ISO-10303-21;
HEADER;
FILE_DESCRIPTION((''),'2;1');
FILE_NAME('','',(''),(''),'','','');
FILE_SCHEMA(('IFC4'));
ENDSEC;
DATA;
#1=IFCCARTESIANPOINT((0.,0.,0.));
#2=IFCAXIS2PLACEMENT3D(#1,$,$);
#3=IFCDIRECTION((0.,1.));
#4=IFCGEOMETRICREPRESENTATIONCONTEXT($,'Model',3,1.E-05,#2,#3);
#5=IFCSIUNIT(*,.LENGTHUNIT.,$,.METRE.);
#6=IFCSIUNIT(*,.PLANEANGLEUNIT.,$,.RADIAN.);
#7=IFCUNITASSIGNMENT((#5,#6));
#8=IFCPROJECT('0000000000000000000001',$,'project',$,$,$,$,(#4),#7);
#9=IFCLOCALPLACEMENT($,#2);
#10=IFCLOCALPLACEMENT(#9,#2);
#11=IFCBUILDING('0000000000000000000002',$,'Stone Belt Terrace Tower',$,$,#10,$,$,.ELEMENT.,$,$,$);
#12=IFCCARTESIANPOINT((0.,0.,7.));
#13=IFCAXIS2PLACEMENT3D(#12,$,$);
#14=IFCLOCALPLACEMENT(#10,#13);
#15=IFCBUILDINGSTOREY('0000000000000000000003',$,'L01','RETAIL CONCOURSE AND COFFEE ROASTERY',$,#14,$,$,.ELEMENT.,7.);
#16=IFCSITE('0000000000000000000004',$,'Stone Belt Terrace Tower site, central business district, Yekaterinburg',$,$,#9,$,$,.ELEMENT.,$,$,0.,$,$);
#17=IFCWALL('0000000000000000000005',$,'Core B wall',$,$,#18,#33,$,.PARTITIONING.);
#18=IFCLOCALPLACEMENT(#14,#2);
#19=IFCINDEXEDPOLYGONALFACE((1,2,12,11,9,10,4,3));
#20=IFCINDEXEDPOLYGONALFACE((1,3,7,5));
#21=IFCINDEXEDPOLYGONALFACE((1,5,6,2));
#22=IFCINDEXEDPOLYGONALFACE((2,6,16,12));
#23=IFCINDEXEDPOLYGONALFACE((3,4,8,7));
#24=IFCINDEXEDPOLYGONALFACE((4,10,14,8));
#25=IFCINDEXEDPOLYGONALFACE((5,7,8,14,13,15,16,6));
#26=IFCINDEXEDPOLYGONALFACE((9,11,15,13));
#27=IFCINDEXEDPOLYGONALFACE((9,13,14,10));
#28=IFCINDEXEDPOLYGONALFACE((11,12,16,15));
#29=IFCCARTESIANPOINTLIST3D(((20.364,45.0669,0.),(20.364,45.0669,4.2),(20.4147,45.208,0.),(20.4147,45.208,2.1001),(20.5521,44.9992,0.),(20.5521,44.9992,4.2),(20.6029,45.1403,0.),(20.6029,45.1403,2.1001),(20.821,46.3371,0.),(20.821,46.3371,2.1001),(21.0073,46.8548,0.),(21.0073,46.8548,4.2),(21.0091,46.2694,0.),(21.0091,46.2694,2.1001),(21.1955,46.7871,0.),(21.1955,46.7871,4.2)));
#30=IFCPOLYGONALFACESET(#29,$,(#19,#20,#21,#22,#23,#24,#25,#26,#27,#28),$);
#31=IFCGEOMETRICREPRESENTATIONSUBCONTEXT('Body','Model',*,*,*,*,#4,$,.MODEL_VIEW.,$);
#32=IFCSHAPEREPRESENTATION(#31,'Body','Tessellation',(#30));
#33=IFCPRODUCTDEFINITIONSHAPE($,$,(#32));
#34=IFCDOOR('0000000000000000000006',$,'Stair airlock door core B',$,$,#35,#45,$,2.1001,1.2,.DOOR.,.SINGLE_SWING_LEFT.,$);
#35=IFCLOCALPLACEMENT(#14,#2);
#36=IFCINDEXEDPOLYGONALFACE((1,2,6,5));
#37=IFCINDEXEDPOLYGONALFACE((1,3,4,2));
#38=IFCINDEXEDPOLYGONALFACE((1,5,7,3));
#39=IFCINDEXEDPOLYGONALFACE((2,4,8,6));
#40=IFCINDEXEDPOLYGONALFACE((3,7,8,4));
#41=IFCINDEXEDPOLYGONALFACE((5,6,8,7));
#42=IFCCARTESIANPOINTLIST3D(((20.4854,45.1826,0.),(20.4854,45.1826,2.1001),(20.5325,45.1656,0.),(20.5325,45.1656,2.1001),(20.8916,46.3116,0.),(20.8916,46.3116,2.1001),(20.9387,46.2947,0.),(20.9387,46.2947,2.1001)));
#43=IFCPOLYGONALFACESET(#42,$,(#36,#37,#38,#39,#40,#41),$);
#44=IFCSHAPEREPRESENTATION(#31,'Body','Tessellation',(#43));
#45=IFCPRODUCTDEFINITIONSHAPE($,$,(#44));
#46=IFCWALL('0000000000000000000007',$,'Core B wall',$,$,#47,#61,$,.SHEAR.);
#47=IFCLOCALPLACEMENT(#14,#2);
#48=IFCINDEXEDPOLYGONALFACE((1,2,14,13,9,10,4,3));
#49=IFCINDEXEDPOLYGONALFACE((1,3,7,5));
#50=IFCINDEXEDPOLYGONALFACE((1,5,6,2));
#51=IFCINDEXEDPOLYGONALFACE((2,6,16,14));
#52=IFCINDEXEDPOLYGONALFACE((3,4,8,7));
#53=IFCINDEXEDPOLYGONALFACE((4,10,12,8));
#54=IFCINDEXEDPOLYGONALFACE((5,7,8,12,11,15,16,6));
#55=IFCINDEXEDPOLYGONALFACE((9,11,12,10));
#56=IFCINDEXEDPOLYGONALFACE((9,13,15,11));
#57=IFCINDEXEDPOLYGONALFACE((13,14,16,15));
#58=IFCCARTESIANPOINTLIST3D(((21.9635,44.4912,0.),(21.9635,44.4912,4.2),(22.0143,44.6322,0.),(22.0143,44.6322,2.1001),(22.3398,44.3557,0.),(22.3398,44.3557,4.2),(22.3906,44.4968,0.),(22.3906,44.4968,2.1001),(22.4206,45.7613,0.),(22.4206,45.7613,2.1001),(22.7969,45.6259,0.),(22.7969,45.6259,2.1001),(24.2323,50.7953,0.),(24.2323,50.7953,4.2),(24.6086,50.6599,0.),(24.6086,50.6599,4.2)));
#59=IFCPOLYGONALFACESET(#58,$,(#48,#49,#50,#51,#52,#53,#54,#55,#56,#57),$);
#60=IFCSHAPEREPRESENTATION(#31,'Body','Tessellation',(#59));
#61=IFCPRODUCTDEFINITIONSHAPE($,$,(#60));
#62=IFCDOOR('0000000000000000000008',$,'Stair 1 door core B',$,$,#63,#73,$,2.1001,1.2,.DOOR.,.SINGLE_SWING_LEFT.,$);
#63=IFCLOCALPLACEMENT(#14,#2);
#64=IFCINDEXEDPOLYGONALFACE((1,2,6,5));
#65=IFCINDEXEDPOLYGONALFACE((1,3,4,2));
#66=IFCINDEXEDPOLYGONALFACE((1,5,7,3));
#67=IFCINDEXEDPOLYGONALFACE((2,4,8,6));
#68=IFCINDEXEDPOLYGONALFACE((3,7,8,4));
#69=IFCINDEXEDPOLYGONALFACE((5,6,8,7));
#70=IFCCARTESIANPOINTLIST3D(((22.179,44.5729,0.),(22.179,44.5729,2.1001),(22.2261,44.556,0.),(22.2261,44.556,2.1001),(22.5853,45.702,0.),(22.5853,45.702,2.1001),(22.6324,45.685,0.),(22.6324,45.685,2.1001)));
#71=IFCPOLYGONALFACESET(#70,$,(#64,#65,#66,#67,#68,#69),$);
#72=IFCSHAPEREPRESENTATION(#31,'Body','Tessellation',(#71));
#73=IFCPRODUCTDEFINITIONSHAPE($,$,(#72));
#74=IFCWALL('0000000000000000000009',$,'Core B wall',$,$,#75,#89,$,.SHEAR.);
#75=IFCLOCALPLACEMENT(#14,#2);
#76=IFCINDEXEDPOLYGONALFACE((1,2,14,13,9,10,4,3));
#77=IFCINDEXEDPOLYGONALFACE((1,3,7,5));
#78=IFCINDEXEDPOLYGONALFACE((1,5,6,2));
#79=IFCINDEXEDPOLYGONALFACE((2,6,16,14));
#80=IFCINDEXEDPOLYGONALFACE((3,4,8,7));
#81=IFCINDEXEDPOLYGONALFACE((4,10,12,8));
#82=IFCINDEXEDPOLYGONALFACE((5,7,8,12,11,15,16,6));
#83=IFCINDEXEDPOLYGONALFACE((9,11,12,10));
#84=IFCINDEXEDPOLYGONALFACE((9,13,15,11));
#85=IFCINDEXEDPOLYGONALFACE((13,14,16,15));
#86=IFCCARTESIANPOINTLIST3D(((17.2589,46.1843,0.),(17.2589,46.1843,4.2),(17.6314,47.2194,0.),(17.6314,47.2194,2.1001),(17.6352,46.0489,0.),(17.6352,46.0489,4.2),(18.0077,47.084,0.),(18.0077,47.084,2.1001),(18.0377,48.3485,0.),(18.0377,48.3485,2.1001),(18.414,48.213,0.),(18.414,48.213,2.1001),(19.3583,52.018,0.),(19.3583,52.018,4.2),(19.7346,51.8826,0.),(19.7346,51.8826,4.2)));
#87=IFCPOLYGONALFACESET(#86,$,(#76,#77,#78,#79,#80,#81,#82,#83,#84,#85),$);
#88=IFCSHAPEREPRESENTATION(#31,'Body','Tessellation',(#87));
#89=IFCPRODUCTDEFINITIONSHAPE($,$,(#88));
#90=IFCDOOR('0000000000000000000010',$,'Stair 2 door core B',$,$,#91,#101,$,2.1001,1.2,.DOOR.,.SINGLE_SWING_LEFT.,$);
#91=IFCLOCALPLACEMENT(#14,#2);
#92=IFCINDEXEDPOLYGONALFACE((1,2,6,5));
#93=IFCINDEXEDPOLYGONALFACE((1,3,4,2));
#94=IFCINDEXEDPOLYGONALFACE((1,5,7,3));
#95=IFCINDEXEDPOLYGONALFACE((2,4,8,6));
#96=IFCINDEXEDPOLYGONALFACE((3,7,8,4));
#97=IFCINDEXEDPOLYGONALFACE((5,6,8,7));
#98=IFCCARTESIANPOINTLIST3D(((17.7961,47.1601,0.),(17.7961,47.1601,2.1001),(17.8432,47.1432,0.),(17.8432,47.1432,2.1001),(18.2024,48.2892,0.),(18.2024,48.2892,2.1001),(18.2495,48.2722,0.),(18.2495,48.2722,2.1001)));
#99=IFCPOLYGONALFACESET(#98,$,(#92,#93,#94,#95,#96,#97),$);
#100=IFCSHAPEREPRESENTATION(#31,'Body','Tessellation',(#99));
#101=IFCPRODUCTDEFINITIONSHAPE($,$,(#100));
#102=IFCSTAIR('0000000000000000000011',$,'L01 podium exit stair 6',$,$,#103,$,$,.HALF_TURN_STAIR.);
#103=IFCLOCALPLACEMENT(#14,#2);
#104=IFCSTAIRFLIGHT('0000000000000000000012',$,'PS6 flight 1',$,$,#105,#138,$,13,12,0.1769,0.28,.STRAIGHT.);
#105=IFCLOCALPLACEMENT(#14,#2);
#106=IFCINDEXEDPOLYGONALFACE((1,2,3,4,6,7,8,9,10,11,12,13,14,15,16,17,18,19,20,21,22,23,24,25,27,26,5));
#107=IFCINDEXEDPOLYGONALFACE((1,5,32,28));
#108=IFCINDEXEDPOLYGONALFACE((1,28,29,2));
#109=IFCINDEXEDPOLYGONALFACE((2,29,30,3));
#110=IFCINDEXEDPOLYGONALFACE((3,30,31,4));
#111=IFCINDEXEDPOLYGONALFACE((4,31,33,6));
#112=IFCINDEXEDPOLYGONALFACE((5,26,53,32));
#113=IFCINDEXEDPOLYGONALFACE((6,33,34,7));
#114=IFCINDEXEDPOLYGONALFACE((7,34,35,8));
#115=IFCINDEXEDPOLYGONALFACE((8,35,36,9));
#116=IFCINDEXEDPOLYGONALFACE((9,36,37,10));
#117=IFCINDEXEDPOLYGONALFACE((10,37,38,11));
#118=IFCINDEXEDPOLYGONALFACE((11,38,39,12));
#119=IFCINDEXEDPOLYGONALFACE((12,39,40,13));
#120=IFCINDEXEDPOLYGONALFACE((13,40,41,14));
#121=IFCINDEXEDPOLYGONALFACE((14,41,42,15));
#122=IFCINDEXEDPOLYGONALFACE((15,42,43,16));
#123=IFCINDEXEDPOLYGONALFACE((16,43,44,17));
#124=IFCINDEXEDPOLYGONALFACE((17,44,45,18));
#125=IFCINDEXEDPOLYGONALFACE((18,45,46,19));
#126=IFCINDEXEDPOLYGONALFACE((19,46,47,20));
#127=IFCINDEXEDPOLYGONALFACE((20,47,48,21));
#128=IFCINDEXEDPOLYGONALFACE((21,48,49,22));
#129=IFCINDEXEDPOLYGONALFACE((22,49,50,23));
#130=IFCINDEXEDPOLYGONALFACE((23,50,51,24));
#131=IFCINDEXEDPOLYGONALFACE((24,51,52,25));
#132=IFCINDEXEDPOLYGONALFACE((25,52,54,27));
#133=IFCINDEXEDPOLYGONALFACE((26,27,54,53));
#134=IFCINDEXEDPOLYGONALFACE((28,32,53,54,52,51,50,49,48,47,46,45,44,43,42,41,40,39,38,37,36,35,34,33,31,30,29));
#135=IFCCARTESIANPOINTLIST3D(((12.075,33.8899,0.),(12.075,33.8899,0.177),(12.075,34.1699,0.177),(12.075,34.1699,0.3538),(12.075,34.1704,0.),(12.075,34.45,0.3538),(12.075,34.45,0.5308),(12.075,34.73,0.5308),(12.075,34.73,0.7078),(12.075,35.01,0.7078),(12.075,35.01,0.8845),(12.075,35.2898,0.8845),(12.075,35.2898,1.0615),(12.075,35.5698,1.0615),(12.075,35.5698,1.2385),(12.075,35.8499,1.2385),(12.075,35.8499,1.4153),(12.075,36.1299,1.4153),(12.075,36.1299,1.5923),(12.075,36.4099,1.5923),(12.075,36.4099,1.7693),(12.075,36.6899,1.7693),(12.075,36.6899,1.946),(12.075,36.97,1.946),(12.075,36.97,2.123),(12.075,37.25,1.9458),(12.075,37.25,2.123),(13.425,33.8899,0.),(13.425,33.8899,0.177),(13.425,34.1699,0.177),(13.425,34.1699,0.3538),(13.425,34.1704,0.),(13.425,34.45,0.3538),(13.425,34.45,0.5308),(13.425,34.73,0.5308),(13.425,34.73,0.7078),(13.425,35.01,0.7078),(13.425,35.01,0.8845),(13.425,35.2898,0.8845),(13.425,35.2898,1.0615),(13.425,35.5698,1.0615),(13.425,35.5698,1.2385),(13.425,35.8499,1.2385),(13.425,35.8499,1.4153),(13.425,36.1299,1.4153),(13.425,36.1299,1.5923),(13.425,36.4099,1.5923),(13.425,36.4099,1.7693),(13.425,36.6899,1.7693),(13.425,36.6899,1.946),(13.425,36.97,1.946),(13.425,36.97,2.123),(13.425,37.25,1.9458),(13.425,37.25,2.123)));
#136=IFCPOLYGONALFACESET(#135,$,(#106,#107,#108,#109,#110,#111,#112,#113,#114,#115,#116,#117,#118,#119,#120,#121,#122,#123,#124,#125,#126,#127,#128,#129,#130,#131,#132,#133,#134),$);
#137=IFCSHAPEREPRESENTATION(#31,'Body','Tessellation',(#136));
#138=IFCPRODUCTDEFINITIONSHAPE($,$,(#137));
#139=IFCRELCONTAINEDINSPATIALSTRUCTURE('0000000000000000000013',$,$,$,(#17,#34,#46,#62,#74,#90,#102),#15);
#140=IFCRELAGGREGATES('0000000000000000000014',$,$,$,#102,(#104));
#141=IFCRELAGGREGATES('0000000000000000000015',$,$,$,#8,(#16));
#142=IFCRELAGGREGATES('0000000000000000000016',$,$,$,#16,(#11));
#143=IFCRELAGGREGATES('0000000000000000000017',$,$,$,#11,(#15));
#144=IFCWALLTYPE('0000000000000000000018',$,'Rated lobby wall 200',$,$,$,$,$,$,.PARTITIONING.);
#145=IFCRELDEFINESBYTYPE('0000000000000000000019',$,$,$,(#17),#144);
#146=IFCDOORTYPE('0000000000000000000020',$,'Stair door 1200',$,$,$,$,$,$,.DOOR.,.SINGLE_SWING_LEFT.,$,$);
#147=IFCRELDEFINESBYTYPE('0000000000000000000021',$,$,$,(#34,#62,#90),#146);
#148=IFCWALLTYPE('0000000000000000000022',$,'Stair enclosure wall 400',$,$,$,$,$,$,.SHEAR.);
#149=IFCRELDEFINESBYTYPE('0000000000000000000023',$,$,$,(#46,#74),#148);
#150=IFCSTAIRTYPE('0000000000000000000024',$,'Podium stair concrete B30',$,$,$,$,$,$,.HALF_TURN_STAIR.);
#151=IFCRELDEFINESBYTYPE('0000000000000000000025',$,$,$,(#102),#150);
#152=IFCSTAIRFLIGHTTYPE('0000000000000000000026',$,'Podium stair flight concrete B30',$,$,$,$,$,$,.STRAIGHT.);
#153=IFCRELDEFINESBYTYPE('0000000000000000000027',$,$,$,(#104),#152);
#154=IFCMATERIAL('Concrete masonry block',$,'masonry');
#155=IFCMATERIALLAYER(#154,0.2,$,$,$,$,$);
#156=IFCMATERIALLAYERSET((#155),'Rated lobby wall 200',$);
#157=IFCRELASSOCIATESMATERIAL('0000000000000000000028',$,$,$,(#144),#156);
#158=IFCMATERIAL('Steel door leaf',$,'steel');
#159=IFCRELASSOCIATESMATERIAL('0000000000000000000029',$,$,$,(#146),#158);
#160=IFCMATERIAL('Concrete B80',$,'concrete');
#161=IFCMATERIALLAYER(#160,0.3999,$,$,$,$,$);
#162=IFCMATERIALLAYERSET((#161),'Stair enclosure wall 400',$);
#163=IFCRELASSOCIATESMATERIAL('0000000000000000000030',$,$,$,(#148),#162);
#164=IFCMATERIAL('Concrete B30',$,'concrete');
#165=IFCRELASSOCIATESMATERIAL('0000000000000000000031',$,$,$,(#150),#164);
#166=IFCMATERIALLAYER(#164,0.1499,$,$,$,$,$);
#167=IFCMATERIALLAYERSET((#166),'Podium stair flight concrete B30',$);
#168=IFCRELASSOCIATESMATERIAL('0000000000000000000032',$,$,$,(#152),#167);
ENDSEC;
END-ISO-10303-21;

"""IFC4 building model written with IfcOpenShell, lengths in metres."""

from ifc_helpers import new_model, si_unit, direction, frame, frame_2d, origin, place, context, subcontext, project, spatial, polyline, rectangle, outline, extrude, material, layer, layer_set, type_object, element, fill, aggregate, save


model = new_model("IFC4")

# Units and contexts
model_context = context("Model", 3, precision=1e-05, world=origin(), true_north=direction((0.0, 1.0)))
body_context = subcontext(model_context, "Body", "Model", "MODEL_VIEW")
ifc_project = project(units=[si_unit("LENGTHUNIT", "METRE"), si_unit("PLANEANGLEUNIT", "RADIAN")], contexts=[model_context])

# Site, building, storey
site_placement = place(None, origin())
site = spatial("IfcSite", under=ifc_project, at=site_placement, Name="Stone Belt Terrace Tower site, central business district, Yekaterinburg", CompositionType="ELEMENT", RefElevation=0.0)
building_placement = place(site_placement, origin())
building = spatial("IfcBuilding", under=site, at=building_placement, Name="Stone Belt Terrace Tower", CompositionType="ELEMENT")
storey_placement = place(building_placement, frame((0.0, 0.0, 7.0)))
storey = spatial("IfcBuildingStorey", under=building, at=storey_placement, Name="L01", Description="RETAIL CONCOURSE AND COFFEE ROASTERY", CompositionType="ELEMENT", Elevation=7.0)

# Shared definitions
ifc_material_1 = material(Name="Concrete B80", Category="concrete")

# Shared definitions
ifc_material_2 = material(Name="Concrete B30", Category="concrete")
ifc_material_3 = material(Name="Concrete masonry block", Category="masonry")
ifc_layer_1 = layer(ifc_material_3, 0.2)
ifc_layer_set_1 = layer_set([ifc_layer_1], Name="Rated lobby wall 200")
wall_type_1 = type_object("IfcWallType", Name="Rated lobby wall 200", PredefinedType="PARTITIONING", material=ifc_layer_set_1)

# Walls, openings, doors
wall_1_placement = place(storey_placement, frame((20.458, 45.033, 0.0), z_axis=(0.0, 0.0, 1.0), x_axis=(0.338574, 0.94094, 0.0)))
wall_1 = element("IfcWall", 1, at=wall_1_placement, inside=storey, type_object=wall_type_1, Name="Core B wall", PredefinedType="PARTITIONING", context=body_context, shape_type="SweptSolid", body=[
    extrude(rectangle(XDim=1.9001, YDim=0.2, at=frame_2d((0.9502, 0.0))), origin(), (0.0, 0.0, 1.0), 4.2),
])
opening_1_placement = place(wall_1_placement, frame((0.1499, 0.0, 0.0)))
opening_1 = element("IfcOpeningElement", 2, at=opening_1_placement, cuts=wall_1, PredefinedType="OPENING", context=body_context, shape_type="SweptSolid", body=[
    extrude(rectangle(XDim=1.2, YDim=2.1001, at=frame_2d((0.6001, 1.05))), frame((0.0, 0.1099, 0.0), z_axis=(0.0, -1.0, 0.0), x_axis=(1.0, 0.0, 0.0)), (0.0, 0.0, 1.0), 0.22),
])
ifc_material_4 = material(Name="Steel door leaf", Category="steel")
door_type = type_object("IfcDoorType", Name="Stair door 1200", OperationType="SINGLE_SWING_LEFT", PredefinedType="DOOR", material=ifc_material_4)
door_1_placement = place(opening_1_placement, origin())
door_1 = element("IfcDoor", 3, at=door_1_placement, inside=storey, type_object=door_type, Name="Stair airlock door core B", OperationType="SINGLE_SWING_LEFT", OverallHeight=2.1001, OverallWidth=1.2, PredefinedType="DOOR", context=body_context, shape_type="SweptSolid", body=[
    extrude(rectangle(XDim=1.2, YDim=2.1001, at=frame_2d((0.6001, 1.05))), frame((0.0, 0.0249, 0.0), z_axis=(0.0, -1.0, 0.0), x_axis=(1.0, 0.0, 0.0)), (0.0, 0.0, 1.0), 0.05),
])
fill(opening_1, door_1)
ifc_layer_2 = layer(ifc_material_1, 0.3999)
ifc_layer_set_2 = layer_set([ifc_layer_2], Name="Stair enclosure wall 400")
wall_type_2 = type_object("IfcWallType", Name="Stair enclosure wall 400", PredefinedType="SHEAR", material=ifc_layer_set_2)
wall_2_placement = place(storey_placement, frame((22.1516, 44.4233, 0.0), z_axis=(0.0, 0.0, 1.0), x_axis=(0.338625, 0.940921, 0.0)))
wall_2 = element("IfcWall", 4, at=wall_2_placement, inside=storey, type_object=wall_type_2, Name="Core B wall", PredefinedType="SHEAR", context=body_context, shape_type="SweptSolid", body=[
    extrude(rectangle(XDim=6.7, YDim=0.3999, at=frame_2d((3.3501, 0.0))), origin(), (0.0, 0.0, 1.0), 4.2),
])
opening_2_placement = place(wall_2_placement, frame((0.1499, 0.0, 0.0)))
opening_2 = element("IfcOpeningElement", 5, at=opening_2_placement, cuts=wall_2, PredefinedType="OPENING", context=body_context, shape_type="SweptSolid", body=[
    extrude(rectangle(XDim=1.2, YDim=2.1001, at=frame_2d((0.6001, 1.05))), frame((0.0, 0.21, 0.0), z_axis=(0.0, -1.0, 0.0), x_axis=(1.0, 0.0, 0.0)), (0.0, 0.0, 1.0), 0.4199),
])
door_2_placement = place(opening_2_placement, origin())
door_2 = element("IfcDoor", 6, at=door_2_placement, inside=storey, type_object=door_type, Name="Stair 1 door core B", OperationType="SINGLE_SWING_LEFT", OverallHeight=2.1001, OverallWidth=1.2, PredefinedType="DOOR", context=body_context, shape_type="SweptSolid", body=[
    extrude(rectangle(XDim=1.2, YDim=2.1001, at=frame_2d((0.6001, 1.05))), frame((0.0, 0.0249, 0.0), z_axis=(0.0, -1.0, 0.0), x_axis=(1.0, 0.0, 0.0)), (0.0, 0.0, 1.0), 0.05),
])
fill(opening_2, door_2)
wall_3_placement = place(storey_placement, frame((17.447, 46.1165, 0.0), z_axis=(0.0, 0.0, 1.0), x_axis=(0.338608, 0.940928, 0.0)))
wall_3 = element("IfcWall", 7, at=wall_3_placement, inside=storey, type_object=wall_type_2, Name="Core B wall", PredefinedType="SHEAR", context=body_context, shape_type="SweptSolid", body=[
    extrude(rectangle(XDim=6.2, YDim=0.3999, at=frame_2d((3.1001, 0.0))), origin(), (0.0, 0.0, 1.0), 4.2),
])
opening_3_placement = place(wall_3_placement, frame((1.1001, 0.0, 0.0)))
opening_3 = element("IfcOpeningElement", 8, at=opening_3_placement, cuts=wall_3, PredefinedType="OPENING", context=body_context, shape_type="SweptSolid", body=[
    extrude(rectangle(XDim=1.2, YDim=2.1001, at=frame_2d((0.6001, 1.05))), frame((0.0, 0.21, 0.0), z_axis=(0.0, -1.0, 0.0), x_axis=(1.0, 0.0, 0.0)), (0.0, 0.0, 1.0), 0.4199),
])
door_3_placement = place(opening_3_placement, origin())
door_3 = element("IfcDoor", 9, at=door_3_placement, inside=storey, type_object=door_type, Name="Stair 2 door core B", OperationType="SINGLE_SWING_LEFT", OverallHeight=2.1001, OverallWidth=1.2, PredefinedType="DOOR", context=body_context, shape_type="SweptSolid", body=[
    extrude(rectangle(XDim=1.2, YDim=2.1001, at=frame_2d((0.6001, 1.05))), frame((0.0, 0.0249, 0.0), z_axis=(0.0, -1.0, 0.0), x_axis=(1.0, 0.0, 0.0)), (0.0, 0.0, 1.0), 0.05),
])
fill(opening_3, door_3)

# Stair, stair flight
stair_type_1 = type_object("IfcStairType", Name="Podium stair concrete B30", PredefinedType="HALF_TURN_STAIR", material=ifc_material_2)
stair_1_placement = place(storey_placement, origin())
stair_1 = element("IfcStair", 10, at=stair_1_placement, inside=storey, type_object=stair_type_1, Name="L01 podium exit stair 6", PredefinedType="HALF_TURN_STAIR")
ifc_layer_3 = layer(ifc_material_2, 0.1499)
ifc_layer_set_3 = layer_set([ifc_layer_3], Name="Podium stair flight concrete B30")
stair_flight_type_1 = type_object("IfcStairFlightType", Name="Podium stair flight concrete B30", PredefinedType="STRAIGHT", material=ifc_layer_set_3)
stair_flight_1_placement = place(storey_placement, frame((12.75, 33.8899, 0.0), z_axis=(0.0, 0.0, 1.0), x_axis=(0.0, 1.0, 0.0)))
stair_flight_1 = element("IfcStairFlight", 11, at=stair_flight_1_placement, type_object=stair_flight_type_1, Name="PS6 flight 1", NumberOfRisers=13, NumberOfTreads=12, PredefinedType="STRAIGHT", RiserHeight=0.1769, TreadLength=0.28, context=body_context, shape_type="SweptSolid", body=[
    extrude(outline(polyline([(0.0, 0.0), (0.0, 0.177), (0.28, 0.177), (0.28, 0.3538), (0.5601, 0.3538), (0.5601, 0.5308), (0.8401, 0.5308), (0.8401, 0.7078), (1.1201, 0.7078), (1.1201, 0.8845), (1.3999, 0.8845), (1.3999, 1.0615), (1.6799, 1.0615), (1.6799, 1.2385), (1.96, 1.2385), (1.96, 1.4153), (2.24, 1.4153), (2.24, 1.5923), (2.52, 1.5923), (2.52, 1.7693), (2.8, 1.7693), (2.8, 1.946), (3.0801, 1.946), (3.0801, 2.123), (3.3601, 2.123), (3.3601, 2.3), (3.3601, 1.9458), (0.2805, 0.0), (0.0, 0.0)])), frame((0.0, 0.675, 0.0), z_axis=(0.0, -1.0, 0.0), x_axis=(1.0, 0.0, 0.0)), (0.0, 0.0, 1.0), 1.3501),
])
aggregate(stair_1, [stair_flight_1])

save(model, "model.ifc")
